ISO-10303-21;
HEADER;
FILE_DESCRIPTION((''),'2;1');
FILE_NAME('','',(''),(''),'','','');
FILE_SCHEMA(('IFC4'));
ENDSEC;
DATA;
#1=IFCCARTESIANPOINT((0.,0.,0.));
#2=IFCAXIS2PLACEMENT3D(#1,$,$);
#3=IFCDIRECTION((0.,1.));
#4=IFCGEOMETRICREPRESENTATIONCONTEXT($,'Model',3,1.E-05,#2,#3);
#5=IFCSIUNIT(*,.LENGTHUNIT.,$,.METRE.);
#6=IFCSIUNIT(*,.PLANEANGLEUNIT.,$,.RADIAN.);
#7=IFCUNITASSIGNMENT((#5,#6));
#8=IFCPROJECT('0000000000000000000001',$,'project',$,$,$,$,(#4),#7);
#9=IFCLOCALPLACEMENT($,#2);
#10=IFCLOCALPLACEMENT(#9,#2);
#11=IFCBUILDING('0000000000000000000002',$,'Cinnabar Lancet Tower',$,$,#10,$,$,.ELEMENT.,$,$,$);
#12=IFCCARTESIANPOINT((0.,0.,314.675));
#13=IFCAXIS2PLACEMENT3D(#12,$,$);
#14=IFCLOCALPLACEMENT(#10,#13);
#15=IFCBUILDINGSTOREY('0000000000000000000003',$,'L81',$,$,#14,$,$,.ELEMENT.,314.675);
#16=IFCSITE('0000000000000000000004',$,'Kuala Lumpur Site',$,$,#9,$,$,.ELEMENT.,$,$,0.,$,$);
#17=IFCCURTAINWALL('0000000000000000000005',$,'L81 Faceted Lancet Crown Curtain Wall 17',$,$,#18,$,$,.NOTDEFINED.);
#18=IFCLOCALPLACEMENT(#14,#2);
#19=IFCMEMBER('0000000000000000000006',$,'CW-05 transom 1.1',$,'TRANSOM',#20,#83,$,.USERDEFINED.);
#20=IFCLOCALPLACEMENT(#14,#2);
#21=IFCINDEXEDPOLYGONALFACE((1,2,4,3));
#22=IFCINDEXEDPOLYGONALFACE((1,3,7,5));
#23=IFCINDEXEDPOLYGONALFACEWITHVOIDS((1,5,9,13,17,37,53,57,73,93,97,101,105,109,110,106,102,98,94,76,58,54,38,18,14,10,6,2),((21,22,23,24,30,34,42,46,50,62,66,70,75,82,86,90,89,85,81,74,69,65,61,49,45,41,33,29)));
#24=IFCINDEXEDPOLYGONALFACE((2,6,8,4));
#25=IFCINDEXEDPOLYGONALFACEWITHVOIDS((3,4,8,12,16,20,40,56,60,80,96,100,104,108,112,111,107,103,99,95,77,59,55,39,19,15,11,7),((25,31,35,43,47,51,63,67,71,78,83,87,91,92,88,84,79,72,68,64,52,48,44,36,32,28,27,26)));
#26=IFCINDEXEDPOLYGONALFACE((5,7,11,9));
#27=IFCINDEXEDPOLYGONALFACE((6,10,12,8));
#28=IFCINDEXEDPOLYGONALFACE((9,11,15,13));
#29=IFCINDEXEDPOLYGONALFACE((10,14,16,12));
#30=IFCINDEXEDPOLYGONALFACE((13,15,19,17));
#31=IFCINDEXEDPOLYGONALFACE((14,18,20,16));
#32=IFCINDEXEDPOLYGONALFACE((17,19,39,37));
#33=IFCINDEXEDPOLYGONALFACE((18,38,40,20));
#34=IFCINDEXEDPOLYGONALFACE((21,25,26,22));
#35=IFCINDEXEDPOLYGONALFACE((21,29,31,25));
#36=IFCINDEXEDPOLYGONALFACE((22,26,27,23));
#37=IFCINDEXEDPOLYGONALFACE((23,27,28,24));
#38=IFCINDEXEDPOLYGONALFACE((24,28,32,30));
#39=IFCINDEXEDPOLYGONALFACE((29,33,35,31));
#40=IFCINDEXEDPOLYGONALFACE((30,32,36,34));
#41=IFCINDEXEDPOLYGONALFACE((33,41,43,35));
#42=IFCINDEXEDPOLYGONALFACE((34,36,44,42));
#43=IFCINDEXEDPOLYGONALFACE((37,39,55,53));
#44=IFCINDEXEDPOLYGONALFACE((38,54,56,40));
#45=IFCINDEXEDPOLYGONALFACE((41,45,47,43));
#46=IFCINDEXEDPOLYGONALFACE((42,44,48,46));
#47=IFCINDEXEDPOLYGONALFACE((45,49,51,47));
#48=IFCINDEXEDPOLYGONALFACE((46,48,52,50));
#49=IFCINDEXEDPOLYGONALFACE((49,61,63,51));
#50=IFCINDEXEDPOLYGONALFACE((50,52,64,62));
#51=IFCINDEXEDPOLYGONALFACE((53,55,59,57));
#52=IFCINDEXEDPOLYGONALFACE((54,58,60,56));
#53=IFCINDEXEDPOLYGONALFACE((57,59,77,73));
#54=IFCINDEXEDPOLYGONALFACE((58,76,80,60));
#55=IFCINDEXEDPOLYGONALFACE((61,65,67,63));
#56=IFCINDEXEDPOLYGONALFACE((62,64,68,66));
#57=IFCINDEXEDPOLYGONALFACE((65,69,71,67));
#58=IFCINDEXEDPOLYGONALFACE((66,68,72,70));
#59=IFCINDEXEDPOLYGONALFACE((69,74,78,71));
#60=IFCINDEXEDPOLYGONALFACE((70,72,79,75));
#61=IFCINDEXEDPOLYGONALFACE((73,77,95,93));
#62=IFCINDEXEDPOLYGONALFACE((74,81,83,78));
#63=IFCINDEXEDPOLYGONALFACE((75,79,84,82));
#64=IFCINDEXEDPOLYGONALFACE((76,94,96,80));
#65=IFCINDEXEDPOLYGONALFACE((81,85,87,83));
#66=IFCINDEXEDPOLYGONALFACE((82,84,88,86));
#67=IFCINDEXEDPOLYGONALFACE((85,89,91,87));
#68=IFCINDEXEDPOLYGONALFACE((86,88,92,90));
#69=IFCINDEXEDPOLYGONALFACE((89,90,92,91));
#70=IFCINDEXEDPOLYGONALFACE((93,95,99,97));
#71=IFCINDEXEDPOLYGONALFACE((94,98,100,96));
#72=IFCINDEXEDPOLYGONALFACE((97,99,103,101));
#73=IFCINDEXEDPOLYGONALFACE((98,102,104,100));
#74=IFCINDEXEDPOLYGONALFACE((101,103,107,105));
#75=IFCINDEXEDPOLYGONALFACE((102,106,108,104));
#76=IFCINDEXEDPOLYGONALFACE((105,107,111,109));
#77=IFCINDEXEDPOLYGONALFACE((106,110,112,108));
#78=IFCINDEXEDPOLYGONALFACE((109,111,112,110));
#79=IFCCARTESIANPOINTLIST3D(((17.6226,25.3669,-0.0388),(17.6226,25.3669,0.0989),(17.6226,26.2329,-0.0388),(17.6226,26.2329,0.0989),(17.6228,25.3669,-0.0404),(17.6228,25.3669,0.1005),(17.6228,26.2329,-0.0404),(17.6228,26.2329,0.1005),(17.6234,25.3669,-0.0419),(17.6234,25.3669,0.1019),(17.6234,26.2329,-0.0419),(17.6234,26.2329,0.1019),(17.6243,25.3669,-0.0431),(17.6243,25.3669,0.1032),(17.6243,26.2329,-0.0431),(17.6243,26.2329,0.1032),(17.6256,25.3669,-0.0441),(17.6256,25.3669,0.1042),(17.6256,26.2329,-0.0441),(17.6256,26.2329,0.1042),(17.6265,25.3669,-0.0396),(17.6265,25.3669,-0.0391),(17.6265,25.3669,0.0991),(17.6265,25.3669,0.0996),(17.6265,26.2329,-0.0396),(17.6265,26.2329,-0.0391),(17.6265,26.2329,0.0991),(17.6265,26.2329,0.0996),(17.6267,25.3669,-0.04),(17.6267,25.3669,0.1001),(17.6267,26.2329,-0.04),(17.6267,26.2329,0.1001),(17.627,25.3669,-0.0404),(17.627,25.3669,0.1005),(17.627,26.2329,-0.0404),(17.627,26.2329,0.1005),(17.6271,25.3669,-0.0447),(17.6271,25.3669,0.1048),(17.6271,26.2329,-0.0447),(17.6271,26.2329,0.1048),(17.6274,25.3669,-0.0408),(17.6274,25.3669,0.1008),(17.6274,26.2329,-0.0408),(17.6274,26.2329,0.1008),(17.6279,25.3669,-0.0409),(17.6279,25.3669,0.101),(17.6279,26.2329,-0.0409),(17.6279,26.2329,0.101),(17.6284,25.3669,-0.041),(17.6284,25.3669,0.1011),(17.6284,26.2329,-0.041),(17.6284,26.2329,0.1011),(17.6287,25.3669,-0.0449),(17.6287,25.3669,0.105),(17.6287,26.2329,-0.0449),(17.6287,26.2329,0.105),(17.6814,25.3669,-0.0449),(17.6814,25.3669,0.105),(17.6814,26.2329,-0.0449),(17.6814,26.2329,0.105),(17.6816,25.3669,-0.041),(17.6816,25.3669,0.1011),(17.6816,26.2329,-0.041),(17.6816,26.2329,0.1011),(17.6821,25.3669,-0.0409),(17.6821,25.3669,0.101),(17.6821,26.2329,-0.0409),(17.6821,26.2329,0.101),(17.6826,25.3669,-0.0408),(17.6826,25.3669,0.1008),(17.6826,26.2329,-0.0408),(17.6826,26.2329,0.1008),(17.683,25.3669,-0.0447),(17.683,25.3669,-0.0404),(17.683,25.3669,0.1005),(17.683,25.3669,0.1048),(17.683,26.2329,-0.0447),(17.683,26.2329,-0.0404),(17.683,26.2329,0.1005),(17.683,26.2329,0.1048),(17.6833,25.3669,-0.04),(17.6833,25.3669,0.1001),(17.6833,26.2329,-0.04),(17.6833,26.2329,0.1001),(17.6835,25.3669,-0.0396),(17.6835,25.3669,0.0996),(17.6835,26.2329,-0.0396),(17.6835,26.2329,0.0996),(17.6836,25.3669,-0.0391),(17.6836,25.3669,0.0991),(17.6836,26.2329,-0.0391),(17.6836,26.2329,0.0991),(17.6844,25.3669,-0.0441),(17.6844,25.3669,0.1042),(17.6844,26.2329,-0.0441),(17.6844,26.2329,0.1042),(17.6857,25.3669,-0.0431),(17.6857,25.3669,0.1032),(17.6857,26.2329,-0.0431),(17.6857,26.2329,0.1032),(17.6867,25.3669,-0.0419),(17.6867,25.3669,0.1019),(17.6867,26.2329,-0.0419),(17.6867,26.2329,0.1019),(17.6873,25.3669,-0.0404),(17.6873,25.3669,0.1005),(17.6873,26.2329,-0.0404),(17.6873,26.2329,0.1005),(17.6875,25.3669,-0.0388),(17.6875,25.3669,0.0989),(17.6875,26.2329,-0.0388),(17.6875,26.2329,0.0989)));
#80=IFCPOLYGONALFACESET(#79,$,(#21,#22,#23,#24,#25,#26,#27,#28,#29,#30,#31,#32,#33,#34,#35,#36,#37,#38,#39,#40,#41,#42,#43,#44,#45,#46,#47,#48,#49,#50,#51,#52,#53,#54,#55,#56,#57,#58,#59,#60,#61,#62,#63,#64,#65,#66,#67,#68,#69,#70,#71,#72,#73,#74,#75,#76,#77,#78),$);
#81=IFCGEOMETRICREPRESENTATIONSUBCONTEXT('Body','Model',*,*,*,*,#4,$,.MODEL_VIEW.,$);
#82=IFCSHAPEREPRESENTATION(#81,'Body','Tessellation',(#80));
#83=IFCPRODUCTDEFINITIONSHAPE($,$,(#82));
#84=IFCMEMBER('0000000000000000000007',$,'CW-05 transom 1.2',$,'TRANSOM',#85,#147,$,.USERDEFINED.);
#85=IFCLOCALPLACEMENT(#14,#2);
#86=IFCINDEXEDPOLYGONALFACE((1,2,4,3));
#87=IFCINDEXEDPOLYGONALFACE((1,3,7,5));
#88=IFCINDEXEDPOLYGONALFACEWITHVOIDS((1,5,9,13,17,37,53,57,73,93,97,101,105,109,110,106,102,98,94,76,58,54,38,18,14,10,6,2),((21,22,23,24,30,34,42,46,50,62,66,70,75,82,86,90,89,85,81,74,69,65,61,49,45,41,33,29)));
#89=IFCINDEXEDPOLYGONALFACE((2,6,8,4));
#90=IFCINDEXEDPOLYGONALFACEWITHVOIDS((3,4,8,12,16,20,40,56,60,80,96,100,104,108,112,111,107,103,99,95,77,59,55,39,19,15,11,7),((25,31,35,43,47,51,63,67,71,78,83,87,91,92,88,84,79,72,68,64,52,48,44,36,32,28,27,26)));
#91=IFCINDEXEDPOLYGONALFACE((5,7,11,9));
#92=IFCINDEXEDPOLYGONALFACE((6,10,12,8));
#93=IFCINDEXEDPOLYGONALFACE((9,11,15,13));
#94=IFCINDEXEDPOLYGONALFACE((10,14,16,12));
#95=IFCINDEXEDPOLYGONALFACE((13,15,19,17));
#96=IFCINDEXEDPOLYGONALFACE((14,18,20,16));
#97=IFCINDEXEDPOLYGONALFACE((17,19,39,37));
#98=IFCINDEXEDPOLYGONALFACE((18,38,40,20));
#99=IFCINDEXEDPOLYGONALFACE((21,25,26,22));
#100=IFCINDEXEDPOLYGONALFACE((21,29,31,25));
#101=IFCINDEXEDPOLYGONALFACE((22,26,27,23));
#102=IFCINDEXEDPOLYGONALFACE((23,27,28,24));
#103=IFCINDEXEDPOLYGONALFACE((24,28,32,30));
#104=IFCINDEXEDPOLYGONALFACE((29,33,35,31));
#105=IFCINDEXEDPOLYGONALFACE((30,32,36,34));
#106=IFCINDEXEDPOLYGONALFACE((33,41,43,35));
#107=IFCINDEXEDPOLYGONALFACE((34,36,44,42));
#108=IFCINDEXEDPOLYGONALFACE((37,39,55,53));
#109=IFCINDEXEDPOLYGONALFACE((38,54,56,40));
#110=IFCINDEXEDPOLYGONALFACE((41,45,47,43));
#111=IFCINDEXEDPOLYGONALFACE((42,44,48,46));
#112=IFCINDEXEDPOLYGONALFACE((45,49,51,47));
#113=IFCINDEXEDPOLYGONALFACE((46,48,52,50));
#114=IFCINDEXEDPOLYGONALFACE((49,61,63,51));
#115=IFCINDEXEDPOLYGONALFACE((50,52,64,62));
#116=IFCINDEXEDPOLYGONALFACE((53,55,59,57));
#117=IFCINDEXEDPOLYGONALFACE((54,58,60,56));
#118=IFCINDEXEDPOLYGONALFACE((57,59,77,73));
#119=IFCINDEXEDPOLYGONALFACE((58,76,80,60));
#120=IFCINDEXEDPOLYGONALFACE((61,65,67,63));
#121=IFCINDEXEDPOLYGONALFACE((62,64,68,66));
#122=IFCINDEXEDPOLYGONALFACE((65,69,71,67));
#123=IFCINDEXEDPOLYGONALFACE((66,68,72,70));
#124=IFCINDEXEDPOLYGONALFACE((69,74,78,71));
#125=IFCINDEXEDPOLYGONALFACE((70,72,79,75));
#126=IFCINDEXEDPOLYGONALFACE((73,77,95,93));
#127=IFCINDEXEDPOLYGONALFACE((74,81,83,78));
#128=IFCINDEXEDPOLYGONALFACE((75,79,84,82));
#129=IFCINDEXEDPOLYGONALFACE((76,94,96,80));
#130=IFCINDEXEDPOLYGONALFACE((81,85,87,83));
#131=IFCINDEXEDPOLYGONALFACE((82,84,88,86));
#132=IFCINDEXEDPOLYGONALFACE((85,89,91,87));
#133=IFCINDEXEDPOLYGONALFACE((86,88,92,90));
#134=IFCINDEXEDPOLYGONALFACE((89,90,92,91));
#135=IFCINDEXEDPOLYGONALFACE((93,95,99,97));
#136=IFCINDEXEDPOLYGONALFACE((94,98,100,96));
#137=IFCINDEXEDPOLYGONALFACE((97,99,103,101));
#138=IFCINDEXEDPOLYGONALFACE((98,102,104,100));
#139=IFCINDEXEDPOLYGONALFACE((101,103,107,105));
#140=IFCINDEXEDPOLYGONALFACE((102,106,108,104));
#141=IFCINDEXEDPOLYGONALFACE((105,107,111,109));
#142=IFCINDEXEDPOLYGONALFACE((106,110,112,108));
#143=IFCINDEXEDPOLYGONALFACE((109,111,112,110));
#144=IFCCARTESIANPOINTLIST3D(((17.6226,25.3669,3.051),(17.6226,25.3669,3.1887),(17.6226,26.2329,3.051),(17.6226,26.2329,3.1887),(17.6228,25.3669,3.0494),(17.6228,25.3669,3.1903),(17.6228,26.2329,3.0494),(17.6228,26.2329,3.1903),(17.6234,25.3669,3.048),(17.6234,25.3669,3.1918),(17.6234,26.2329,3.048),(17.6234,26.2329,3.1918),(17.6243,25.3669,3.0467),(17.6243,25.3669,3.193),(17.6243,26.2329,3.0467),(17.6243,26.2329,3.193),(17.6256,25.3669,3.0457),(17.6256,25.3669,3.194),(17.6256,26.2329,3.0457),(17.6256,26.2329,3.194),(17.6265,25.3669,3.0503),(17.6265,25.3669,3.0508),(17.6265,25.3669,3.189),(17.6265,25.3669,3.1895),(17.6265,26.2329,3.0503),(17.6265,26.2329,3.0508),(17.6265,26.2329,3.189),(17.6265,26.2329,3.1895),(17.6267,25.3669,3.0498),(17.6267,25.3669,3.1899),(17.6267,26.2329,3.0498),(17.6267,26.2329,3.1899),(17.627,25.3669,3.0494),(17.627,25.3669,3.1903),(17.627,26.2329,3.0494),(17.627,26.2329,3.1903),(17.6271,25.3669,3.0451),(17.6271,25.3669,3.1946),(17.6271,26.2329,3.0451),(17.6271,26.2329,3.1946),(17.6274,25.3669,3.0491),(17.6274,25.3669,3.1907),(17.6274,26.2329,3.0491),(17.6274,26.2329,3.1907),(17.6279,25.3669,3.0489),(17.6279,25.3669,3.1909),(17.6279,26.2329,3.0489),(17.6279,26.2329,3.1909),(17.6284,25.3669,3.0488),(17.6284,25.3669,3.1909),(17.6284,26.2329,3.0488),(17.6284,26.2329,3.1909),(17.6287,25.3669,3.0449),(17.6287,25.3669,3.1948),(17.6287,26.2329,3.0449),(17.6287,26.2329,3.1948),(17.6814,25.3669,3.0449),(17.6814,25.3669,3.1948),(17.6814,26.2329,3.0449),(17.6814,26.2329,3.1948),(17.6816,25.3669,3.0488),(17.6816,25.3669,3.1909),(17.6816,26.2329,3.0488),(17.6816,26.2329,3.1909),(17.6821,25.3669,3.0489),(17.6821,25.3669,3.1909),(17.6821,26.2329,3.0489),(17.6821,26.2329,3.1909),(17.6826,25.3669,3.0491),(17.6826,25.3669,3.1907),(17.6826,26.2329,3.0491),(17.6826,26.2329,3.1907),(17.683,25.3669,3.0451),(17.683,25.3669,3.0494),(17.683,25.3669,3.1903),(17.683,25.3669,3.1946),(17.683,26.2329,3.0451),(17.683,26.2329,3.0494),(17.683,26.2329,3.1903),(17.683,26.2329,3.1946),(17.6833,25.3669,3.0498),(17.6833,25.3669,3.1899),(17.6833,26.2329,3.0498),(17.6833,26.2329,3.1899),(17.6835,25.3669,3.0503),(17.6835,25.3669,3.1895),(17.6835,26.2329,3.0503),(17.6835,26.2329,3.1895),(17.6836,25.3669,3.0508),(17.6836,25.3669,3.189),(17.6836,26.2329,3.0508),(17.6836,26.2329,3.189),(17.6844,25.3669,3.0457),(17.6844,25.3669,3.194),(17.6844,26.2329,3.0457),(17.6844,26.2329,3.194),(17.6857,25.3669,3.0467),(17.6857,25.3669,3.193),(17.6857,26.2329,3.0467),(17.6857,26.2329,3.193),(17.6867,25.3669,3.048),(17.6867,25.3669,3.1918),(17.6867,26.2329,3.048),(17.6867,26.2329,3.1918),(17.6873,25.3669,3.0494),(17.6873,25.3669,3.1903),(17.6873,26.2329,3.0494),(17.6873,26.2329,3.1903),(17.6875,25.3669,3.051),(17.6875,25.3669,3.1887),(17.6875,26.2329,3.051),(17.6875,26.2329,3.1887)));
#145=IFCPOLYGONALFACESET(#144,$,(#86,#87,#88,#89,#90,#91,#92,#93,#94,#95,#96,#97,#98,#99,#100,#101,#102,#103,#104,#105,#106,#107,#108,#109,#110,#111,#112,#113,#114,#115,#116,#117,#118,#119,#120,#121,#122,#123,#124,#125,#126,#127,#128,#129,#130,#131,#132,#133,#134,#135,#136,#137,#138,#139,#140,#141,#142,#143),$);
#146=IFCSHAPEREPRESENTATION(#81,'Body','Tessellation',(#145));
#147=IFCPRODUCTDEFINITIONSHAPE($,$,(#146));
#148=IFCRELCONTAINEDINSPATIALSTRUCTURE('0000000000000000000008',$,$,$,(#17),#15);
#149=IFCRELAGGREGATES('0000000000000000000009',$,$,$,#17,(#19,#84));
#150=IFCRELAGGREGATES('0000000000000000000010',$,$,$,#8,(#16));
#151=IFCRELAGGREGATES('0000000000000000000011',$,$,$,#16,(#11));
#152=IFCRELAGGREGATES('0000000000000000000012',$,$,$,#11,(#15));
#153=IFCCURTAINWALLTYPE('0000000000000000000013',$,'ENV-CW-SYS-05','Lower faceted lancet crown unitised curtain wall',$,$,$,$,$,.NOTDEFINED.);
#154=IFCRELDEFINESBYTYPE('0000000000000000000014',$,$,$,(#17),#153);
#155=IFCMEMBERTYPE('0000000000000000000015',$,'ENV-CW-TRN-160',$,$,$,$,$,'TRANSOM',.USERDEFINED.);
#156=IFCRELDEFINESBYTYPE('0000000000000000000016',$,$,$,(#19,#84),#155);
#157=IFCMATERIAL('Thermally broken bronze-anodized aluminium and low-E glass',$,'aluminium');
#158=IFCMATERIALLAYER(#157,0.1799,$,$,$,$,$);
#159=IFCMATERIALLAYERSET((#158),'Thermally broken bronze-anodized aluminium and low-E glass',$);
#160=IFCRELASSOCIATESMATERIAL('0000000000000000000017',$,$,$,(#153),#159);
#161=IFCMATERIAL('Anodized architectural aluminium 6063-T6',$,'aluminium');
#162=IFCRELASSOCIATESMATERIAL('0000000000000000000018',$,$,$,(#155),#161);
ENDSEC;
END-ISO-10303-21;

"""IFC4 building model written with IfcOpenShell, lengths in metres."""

from ifc_helpers import new_model, si_unit, direction, frame, origin, origin_2d, place, context, subcontext, project, spatial, hollow_rectangle, extrude, material, layer, layer_set, material_profile, profile_set, type_object, element, aggregate, save


model = new_model("IFC4")

# Units and contexts
model_context = context("Model", 3, precision=1e-05, world=origin(), true_north=direction((0.0, 1.0)))
body_context = subcontext(model_context, "Body", "Model", "MODEL_VIEW")
ifc_project = project(units=[si_unit("LENGTHUNIT", "METRE"), si_unit("PLANEANGLEUNIT", "RADIAN")], contexts=[model_context])

# Site, building, storey
site_placement = place(None, origin())
site = spatial("IfcSite", under=ifc_project, at=site_placement, Name="Kuala Lumpur Site", CompositionType="ELEMENT", RefElevation=0.0)
building_placement = place(site_placement, origin())
building = spatial("IfcBuilding", under=site, at=building_placement, Name="Cinnabar Lancet Tower", CompositionType="ELEMENT")
storey_placement = place(building_placement, frame((0.0, 0.0, 314.675)))
storey = spatial("IfcBuildingStorey", under=building, at=storey_placement, Name="L81", CompositionType="ELEMENT", Elevation=314.675)

# Shared definitions
ifc_material_1 = material(Name="Thermally broken bronze-anodized aluminium and low-E glass", Category="aluminium")
ifc_layer_1 = layer(ifc_material_1, 0.1799)
ifc_layer_set_1 = layer_set([ifc_layer_1], Name="Thermally broken bronze-anodized aluminium and low-E glass")
curtain_wall_type = type_object("IfcCurtainWallType", Name="ENV-CW-SYS-05", Description="Lower faceted lancet crown unitised curtain wall", PredefinedType="NOTDEFINED", material=ifc_layer_set_1)

# Curtain wall
curtain_wall_1_placement = place(storey_placement, origin())
curtain_wall_1 = element("IfcCurtainWall", 1, at=curtain_wall_1_placement, inside=storey, type_object=curtain_wall_type, Name="L81 Faceted Lancet Crown Curtain Wall 17", PredefinedType="NOTDEFINED")

# Members
ifc_material_2 = material(Name="Anodized architectural aluminium 6063-T6", Category="aluminium")
ifc_material_profile_1 = material_profile(ifc_material_2, hollow_rectangle(XDim=0.0649, YDim=0.1499, WallThickness=0.0039, InnerFilletRadius=0.002, OuterFilletRadius=0.0061, at=origin_2d()), Name="CW-TRN 150x65x4")
ifc_profile_set_1 = profile_set([ifc_material_profile_1], Name="Anodized architectural aluminium 6063-T6")
member_type_1 = type_object("IfcMemberType", Name="ENV-CW-TRN-160", ElementType="TRANSOM", PredefinedType="USERDEFINED", material=ifc_profile_set_1)
member_1_placement = place(storey_placement, frame((17.655, 26.2329, 0.03), z_axis=(0.0, -1.0, 0.0), x_axis=(1.0, 0.0, 0.0)))
member_1 = element("IfcMember", 2, at=member_1_placement, type_object=member_type_1, Name="CW-05 transom 1.1", ObjectType="TRANSOM", PredefinedType="USERDEFINED", context=body_context, shape_type="SweptSolid", body=[
    extrude(hollow_rectangle(XDim=0.0649, YDim=0.1499, WallThickness=0.0039, InnerFilletRadius=0.002, OuterFilletRadius=0.0061, at=origin_2d()), origin(), (0.0, 0.0, 1.0), 0.866),
])
member_2_placement = place(storey_placement, frame((17.655, 26.2329, 3.1199), z_axis=(0.0, -1.0, 0.0), x_axis=(1.0, 0.0, 0.0)))
member_2 = element("IfcMember", 3, at=member_2_placement, type_object=member_type_1, Name="CW-05 transom 1.2", ObjectType="TRANSOM", PredefinedType="USERDEFINED", context=body_context, shape_type="SweptSolid", body=[
    extrude(hollow_rectangle(XDim=0.0649, YDim=0.1499, WallThickness=0.0039, InnerFilletRadius=0.002, OuterFilletRadius=0.0061, at=origin_2d()), origin(), (0.0, 0.0, 1.0), 0.866),
])

aggregate(curtain_wall_1, [member_1, member_2])

save(model, "model.ifc")
